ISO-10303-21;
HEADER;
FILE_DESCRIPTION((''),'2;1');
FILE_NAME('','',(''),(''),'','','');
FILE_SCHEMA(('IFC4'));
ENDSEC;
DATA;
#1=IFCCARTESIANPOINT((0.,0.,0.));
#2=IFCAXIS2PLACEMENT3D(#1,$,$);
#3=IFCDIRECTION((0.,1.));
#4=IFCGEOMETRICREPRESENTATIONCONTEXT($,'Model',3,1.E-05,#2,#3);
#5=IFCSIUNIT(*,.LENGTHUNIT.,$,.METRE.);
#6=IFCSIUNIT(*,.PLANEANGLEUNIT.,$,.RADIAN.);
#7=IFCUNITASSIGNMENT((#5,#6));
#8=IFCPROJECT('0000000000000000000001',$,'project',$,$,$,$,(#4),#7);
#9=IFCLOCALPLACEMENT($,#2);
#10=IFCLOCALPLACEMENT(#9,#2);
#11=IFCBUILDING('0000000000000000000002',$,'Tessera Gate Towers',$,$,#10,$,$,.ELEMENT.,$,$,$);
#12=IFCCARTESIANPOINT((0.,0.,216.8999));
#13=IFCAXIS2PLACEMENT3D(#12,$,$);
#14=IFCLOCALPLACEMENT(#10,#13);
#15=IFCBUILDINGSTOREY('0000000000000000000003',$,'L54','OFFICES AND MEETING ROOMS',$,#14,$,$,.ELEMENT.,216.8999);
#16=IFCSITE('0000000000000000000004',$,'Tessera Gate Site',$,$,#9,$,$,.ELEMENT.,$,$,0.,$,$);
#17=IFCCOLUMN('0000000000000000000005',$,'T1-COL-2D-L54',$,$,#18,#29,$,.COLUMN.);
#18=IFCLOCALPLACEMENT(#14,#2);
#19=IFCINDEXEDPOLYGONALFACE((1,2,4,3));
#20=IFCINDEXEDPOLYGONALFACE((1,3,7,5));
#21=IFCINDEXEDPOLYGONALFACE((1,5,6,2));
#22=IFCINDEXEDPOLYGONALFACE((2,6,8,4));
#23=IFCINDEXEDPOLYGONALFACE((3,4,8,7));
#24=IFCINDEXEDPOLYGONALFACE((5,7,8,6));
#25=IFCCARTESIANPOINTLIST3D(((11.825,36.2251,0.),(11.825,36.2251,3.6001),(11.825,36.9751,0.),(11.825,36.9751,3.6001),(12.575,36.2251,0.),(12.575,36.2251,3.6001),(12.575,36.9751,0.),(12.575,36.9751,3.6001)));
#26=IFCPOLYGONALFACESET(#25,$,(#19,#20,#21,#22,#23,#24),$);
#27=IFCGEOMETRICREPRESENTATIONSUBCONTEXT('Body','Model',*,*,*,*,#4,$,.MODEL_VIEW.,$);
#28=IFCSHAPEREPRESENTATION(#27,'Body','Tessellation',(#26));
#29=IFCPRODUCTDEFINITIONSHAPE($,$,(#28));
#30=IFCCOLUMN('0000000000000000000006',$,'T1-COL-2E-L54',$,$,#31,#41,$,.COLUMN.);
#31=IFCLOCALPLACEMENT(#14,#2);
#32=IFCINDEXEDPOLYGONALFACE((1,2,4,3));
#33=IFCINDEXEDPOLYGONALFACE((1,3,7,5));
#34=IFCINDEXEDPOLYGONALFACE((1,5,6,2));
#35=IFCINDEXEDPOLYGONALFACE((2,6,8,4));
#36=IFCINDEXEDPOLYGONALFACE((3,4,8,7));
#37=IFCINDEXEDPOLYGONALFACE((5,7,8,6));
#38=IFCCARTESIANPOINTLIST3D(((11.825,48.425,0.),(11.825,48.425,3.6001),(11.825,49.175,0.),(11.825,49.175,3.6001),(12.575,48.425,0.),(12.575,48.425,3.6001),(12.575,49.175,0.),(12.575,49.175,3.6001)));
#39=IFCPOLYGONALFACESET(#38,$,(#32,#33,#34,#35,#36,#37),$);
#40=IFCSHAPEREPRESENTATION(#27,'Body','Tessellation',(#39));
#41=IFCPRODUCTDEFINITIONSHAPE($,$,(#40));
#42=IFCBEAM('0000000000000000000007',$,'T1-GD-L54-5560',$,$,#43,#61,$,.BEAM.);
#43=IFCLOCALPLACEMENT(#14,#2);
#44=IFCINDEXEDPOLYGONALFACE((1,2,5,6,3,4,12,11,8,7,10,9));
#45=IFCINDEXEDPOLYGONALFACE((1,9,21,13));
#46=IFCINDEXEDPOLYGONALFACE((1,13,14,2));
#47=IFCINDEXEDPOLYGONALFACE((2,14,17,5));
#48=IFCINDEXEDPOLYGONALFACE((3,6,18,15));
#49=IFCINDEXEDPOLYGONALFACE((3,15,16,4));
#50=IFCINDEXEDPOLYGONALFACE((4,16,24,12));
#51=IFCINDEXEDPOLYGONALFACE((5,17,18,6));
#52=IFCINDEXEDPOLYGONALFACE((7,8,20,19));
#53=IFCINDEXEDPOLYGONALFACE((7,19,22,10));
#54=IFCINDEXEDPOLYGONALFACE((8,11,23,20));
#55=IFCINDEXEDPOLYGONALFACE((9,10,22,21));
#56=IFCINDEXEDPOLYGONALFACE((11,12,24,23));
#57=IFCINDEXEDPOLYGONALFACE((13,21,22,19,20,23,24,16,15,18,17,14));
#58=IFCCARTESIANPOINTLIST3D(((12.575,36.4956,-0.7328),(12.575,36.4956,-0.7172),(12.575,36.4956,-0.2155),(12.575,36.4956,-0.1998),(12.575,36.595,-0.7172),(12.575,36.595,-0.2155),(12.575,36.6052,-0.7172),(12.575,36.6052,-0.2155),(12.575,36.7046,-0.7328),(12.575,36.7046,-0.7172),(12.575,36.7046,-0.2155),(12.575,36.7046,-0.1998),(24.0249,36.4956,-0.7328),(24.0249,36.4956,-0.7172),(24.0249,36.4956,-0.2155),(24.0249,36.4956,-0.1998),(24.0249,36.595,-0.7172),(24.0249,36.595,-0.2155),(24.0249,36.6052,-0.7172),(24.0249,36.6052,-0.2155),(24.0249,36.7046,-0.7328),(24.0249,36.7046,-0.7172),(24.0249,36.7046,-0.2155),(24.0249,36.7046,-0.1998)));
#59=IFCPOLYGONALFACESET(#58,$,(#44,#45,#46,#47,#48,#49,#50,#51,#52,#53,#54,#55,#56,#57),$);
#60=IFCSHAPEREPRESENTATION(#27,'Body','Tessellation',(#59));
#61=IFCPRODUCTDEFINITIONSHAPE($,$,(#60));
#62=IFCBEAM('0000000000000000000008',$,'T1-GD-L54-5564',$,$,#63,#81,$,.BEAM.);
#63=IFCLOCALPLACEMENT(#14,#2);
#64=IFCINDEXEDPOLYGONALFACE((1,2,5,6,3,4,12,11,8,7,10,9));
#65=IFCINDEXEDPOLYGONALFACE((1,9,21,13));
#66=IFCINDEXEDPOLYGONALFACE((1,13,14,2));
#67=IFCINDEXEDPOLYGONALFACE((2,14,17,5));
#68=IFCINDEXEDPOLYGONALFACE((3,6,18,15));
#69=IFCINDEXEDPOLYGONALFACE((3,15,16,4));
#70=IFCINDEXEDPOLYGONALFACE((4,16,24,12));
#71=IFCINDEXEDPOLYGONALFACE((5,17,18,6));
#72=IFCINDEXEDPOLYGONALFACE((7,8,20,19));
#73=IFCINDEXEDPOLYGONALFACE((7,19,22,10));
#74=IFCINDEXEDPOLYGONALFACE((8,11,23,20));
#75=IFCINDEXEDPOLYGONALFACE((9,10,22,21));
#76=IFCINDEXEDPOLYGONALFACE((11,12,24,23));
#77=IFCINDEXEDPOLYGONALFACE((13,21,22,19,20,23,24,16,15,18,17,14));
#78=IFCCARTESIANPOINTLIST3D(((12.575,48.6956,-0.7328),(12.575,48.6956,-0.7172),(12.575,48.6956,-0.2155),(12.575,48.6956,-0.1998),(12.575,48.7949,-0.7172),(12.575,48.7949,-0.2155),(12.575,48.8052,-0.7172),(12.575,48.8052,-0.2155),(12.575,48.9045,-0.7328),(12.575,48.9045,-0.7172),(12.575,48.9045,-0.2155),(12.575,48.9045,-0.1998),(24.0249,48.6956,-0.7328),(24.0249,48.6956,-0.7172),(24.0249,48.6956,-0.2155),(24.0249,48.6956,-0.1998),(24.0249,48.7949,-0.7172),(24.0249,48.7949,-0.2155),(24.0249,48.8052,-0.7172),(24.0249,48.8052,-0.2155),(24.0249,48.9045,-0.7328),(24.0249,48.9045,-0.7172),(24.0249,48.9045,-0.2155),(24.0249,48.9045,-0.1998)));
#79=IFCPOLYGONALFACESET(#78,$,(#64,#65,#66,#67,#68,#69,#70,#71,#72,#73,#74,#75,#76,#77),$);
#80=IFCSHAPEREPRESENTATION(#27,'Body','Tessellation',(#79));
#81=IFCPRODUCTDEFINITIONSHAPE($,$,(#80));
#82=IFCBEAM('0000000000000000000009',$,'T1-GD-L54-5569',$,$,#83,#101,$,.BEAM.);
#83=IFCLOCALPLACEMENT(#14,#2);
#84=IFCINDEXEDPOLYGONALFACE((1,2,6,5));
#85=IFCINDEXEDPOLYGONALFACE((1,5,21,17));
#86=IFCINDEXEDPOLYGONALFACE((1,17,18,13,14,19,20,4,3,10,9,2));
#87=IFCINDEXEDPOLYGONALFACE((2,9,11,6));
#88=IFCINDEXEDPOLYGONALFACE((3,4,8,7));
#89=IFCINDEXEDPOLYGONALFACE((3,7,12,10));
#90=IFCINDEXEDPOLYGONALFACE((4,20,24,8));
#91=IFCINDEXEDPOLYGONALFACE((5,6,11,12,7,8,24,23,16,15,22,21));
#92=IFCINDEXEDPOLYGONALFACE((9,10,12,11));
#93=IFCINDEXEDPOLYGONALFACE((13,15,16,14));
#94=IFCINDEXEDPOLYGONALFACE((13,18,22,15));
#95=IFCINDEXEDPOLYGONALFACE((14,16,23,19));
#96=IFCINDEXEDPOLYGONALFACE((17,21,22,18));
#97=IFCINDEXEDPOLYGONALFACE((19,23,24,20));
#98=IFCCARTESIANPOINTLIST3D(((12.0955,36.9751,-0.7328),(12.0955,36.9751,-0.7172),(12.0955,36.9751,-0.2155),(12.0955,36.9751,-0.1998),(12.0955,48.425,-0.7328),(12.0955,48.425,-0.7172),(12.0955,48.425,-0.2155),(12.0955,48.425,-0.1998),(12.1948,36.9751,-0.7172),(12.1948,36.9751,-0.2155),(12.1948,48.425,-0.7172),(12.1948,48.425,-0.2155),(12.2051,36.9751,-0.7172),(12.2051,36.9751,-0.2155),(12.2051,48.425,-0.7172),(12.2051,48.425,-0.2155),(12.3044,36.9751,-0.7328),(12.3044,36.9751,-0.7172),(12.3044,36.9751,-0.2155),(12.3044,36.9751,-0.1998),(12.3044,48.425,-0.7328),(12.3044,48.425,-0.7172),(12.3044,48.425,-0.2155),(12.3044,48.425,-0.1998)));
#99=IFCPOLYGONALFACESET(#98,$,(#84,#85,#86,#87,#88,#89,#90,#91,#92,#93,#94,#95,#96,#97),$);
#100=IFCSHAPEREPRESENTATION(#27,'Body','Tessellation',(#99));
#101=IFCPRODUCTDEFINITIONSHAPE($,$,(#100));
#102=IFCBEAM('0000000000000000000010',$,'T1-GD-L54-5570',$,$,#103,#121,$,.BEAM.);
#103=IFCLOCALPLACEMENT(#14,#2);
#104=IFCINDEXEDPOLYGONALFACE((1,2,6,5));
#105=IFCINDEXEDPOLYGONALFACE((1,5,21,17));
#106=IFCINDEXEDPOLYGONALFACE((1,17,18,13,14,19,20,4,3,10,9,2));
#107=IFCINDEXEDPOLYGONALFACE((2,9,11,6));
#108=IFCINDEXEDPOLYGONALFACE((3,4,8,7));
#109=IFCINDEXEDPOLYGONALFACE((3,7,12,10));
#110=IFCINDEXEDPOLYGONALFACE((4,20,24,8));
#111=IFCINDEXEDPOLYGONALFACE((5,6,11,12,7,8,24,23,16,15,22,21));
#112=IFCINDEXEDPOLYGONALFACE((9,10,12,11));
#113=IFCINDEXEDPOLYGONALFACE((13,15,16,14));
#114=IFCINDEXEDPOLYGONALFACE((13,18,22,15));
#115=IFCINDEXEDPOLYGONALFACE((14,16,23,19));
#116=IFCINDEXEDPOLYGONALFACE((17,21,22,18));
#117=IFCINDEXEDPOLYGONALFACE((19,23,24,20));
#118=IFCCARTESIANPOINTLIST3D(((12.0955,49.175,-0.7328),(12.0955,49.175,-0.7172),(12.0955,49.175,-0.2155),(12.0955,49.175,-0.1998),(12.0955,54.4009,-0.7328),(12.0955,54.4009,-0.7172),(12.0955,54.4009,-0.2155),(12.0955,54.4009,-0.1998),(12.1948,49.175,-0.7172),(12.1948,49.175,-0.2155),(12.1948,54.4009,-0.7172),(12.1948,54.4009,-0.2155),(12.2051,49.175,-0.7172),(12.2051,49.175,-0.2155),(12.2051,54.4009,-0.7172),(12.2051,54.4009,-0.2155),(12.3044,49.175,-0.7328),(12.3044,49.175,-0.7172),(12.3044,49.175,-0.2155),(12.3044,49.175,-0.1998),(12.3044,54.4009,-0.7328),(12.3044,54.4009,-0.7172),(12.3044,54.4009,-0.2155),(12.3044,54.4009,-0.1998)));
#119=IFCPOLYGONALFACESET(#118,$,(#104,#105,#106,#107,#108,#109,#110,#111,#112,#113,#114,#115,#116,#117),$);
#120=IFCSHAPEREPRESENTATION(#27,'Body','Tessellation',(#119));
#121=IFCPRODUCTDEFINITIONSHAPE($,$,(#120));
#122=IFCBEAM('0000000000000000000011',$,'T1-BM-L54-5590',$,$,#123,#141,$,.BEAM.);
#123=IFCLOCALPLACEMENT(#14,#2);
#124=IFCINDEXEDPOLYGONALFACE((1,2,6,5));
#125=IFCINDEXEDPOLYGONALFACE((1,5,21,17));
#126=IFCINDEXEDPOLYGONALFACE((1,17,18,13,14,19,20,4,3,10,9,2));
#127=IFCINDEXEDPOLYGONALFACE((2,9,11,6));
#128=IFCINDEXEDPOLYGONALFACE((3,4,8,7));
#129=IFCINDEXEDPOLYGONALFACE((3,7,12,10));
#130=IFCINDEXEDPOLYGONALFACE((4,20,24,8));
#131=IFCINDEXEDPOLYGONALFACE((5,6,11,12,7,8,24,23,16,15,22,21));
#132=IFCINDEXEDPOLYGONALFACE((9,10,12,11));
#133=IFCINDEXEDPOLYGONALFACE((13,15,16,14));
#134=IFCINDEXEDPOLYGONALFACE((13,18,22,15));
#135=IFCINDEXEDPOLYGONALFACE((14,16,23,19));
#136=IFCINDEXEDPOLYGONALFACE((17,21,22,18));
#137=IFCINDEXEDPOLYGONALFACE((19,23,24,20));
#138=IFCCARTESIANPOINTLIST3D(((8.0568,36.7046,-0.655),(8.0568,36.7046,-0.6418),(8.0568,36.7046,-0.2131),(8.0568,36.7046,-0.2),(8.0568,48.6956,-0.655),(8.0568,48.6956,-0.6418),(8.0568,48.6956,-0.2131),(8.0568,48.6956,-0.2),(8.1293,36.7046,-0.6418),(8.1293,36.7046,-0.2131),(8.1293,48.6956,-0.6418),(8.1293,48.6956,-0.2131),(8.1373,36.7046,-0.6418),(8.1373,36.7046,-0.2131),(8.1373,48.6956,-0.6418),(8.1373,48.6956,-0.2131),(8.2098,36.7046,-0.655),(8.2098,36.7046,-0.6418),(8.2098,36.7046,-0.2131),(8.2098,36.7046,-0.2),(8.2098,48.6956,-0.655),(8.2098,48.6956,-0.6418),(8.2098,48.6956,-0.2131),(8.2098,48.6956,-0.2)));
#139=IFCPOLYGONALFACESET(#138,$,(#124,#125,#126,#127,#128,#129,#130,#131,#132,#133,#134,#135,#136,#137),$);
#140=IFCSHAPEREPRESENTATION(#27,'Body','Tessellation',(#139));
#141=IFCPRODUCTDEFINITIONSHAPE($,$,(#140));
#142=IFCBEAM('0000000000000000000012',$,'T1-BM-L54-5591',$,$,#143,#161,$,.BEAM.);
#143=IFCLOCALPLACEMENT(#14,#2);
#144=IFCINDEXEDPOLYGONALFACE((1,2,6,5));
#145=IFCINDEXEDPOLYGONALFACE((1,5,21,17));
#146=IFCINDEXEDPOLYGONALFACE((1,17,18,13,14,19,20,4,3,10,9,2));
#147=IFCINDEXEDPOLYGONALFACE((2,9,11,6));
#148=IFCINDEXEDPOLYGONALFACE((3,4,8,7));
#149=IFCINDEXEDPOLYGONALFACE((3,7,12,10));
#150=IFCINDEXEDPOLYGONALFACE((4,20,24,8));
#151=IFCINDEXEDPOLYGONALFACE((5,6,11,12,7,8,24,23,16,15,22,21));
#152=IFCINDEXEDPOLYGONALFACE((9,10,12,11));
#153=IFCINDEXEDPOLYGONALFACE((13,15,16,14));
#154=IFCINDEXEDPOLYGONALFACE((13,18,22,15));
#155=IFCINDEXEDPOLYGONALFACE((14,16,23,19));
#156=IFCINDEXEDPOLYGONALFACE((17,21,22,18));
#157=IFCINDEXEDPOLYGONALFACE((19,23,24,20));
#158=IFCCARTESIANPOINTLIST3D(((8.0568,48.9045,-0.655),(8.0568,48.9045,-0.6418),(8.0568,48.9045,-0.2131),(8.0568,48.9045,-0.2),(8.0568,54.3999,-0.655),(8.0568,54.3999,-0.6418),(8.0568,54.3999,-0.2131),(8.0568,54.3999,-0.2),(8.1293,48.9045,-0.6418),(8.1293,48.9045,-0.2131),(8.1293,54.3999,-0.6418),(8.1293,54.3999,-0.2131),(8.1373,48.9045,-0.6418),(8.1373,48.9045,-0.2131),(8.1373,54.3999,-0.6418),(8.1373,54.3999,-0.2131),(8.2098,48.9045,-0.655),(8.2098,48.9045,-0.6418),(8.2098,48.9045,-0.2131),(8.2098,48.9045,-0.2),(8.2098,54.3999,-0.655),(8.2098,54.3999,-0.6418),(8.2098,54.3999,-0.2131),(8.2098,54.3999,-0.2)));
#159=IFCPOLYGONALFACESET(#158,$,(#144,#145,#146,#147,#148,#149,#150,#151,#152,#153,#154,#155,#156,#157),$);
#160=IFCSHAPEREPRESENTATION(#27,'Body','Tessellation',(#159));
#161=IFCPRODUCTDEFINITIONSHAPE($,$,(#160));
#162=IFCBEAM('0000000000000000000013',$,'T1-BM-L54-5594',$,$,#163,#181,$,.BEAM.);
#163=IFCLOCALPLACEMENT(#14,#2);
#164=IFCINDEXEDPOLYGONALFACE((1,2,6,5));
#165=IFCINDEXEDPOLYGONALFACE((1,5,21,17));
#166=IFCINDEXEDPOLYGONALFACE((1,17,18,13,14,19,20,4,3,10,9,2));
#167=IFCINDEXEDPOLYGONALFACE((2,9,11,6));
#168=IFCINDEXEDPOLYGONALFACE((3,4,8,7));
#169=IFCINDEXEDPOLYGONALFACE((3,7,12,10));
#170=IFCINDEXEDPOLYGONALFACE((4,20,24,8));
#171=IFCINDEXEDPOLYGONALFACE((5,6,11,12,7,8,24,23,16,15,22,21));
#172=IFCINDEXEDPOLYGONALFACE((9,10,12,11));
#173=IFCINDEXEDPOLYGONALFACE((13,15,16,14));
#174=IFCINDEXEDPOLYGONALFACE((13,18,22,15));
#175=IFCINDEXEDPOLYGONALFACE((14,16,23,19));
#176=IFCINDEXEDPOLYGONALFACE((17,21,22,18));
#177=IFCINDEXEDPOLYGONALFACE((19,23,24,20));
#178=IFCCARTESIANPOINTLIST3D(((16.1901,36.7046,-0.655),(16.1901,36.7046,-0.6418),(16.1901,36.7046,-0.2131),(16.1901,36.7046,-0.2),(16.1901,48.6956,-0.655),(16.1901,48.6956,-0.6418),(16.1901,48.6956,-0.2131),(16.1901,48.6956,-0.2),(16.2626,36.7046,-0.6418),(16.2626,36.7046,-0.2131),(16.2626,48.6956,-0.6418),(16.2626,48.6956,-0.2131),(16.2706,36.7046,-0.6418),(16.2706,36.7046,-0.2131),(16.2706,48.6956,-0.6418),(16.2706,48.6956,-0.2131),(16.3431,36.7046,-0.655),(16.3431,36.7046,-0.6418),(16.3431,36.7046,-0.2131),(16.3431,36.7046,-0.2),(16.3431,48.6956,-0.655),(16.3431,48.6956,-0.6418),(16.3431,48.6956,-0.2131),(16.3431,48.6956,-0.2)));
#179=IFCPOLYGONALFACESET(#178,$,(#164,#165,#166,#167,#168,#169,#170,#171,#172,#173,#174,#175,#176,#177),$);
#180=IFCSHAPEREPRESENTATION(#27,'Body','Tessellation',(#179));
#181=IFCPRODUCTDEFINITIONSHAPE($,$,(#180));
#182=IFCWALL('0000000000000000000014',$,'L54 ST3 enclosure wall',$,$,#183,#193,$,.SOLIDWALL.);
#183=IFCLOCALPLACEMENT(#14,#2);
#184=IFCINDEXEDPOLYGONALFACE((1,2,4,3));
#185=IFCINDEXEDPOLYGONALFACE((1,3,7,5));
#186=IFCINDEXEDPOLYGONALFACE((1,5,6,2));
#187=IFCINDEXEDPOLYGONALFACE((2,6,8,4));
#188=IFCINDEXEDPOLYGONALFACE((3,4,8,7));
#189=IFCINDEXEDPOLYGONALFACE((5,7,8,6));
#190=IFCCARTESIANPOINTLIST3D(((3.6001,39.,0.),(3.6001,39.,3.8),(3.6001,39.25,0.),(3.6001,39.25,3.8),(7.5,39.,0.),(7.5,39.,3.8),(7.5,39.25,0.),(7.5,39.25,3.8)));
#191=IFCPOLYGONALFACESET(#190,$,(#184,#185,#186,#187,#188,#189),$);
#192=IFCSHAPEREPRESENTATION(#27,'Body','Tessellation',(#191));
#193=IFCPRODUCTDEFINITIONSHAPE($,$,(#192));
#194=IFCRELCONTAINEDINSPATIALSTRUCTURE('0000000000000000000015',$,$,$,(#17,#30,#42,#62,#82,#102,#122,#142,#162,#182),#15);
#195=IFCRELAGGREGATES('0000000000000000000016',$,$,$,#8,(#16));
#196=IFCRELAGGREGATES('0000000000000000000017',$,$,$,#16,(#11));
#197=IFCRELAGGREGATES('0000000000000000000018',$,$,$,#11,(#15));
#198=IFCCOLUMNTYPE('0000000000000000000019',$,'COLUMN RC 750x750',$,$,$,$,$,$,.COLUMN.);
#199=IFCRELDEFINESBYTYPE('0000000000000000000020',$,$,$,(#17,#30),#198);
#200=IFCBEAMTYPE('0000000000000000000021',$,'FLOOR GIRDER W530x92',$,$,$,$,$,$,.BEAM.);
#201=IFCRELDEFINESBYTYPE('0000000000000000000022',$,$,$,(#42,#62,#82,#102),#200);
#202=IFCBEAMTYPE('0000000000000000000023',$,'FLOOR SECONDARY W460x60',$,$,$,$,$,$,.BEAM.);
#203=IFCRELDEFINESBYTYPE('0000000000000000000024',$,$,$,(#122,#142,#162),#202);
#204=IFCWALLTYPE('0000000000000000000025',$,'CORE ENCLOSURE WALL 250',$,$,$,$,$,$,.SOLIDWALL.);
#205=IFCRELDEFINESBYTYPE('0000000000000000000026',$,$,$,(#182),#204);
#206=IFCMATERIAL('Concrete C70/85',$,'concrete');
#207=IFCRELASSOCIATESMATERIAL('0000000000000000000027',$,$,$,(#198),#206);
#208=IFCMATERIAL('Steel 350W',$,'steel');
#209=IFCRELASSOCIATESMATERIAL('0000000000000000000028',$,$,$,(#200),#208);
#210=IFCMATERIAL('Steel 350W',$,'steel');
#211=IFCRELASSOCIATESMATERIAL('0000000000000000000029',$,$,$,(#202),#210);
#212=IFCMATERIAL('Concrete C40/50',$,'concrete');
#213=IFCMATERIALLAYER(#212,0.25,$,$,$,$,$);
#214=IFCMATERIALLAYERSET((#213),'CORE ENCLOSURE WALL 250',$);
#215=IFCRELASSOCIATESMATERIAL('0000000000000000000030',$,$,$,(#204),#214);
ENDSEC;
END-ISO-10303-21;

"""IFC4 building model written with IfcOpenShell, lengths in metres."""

from ifc_helpers import new_model, si_unit, direction, frame, frame_2d, origin, origin_2d, place, context, subcontext, project, spatial, rectangle, i_section, extrude, material, layer, layer_set, material_profile, profile_set, type_object, element, save


model = new_model("IFC4")

# Units and contexts
model_context = context("Model", 3, precision=1e-05, world=origin(), true_north=direction((0.0, 1.0)))
body_context = subcontext(model_context, "Body", "Model", "MODEL_VIEW")
ifc_project = project(units=[si_unit("LENGTHUNIT", "METRE"), si_unit("PLANEANGLEUNIT", "RADIAN")], contexts=[model_context])

# Site, building, storey
site_placement = place(None, origin())
site = spatial("IfcSite", under=ifc_project, at=site_placement, Name="Tessera Gate Site", CompositionType="ELEMENT", RefElevation=0.0)
building_placement = place(site_placement, origin())
building = spatial("IfcBuilding", under=site, at=building_placement, Name="Tessera Gate Towers", CompositionType="ELEMENT")
storey_placement = place(building_placement, frame((0.0, 0.0, 216.8999)))
storey = spatial("IfcBuildingStorey", under=building, at=storey_placement, Name="L54", Description="OFFICES AND MEETING ROOMS", CompositionType="ELEMENT", Elevation=216.8999)

# Columns
ifc_material_1 = material(Name="Concrete C70/85", Category="concrete")
ifc_material_profile_1 = material_profile(ifc_material_1, rectangle(XDim=0.75, YDim=0.75, at=origin_2d()), Name="RC 750x750")
ifc_profile_set_1 = profile_set([ifc_material_profile_1], Name="Concrete C70/85")
column_type = type_object("IfcColumnType", Name="COLUMN RC 750x750", PredefinedType="COLUMN", material=ifc_profile_set_1)
for number, where, z_axis, x_axis, name in (
    (1, (12.2, 36.6001, 0.0), (0.0, 0.0, 1.0), (1.0, 0.0, 0.0), "T1-COL-2D-L54"),
    (2, (12.2, 48.8, 0.0), (0.0, 0.0, 1.0), (1.0, 0.0, 0.0), "T1-COL-2E-L54"),
):
    element("IfcColumn", number, at=place(storey_placement, frame(where, z_axis=z_axis, x_axis=x_axis)), inside=storey, type_object=column_type, Name=name, PredefinedType="COLUMN", context=body_context, shape_type="SweptSolid", body=[
        extrude(rectangle(XDim=0.75, YDim=0.75, at=origin_2d()), origin(), (0.0, 0.0, 1.0), 3.6001),
    ])

# Beams
ifc_material_2 = material(Name="Steel 350W", Category="steel")
ifc_material_profile_2 = material_profile(ifc_material_2, i_section(OverallWidth=0.209, OverallDepth=0.533, WebThickness=0.0103, FlangeThickness=0.0156, at=origin_2d()), Name="W530x92")
ifc_profile_set_2 = profile_set([ifc_material_profile_2], Name="Steel 350W")
beam_type_1 = type_object("IfcBeamType", Name="FLOOR GIRDER W530x92", PredefinedType="BEAM", material=ifc_profile_set_2)
for number, where, z_axis, x_axis, name in (
    (3, (12.575, 36.6001, -0.4663), (1.0, 0.0, 0.0), (0.0, 1.0, 0.0), "T1-GD-L54-5560"),
    (4, (12.575, 48.8, -0.4663), (1.0, 0.0, 0.0), (0.0, 1.0, 0.0), "T1-GD-L54-5564"),
    (5, (12.2, 36.9751, -0.4663), (0.0, 1.0, 0.0), (-1.0, 0.0, 0.0), "T1-GD-L54-5569"),
):
    element("IfcBeam", number, at=place(storey_placement, frame(where, z_axis=z_axis, x_axis=x_axis)), inside=storey, type_object=beam_type_1, Name=name, PredefinedType="BEAM", context=body_context, shape_type="SweptSolid", body=[
        extrude(i_section(OverallWidth=0.209, OverallDepth=0.533, WebThickness=0.0103, FlangeThickness=0.0156, at=origin_2d()), origin(), (0.0, 0.0, 1.0), 11.45),
    ])
beam_1_placement = place(storey_placement, frame((12.2, 49.175, -0.4663), z_axis=(0.0, 1.0, 0.0), x_axis=(-1.0, 0.0, 0.0)))
element("IfcBeam", 6, at=beam_1_placement, inside=storey, type_object=beam_type_1, Name="T1-GD-L54-5570", PredefinedType="BEAM", context=body_context, shape_type="SweptSolid", body=[
    extrude(i_section(OverallWidth=0.209, OverallDepth=0.533, WebThickness=0.0103, FlangeThickness=0.0156, at=origin_2d()), origin(), (0.0, 0.0, 1.0), 5.2258),
])
ifc_material_3 = material(Name="Steel 350W", Category="steel")
ifc_material_profile_3 = material_profile(ifc_material_3, i_section(OverallWidth=0.1531, OverallDepth=0.4551, WebThickness=0.0081, FlangeThickness=0.0132, at=origin_2d()), Name="W460x60")
ifc_profile_set_3 = profile_set([ifc_material_profile_3], Name="Steel 350W")
beam_type_2 = type_object("IfcBeamType", Name="FLOOR SECONDARY W460x60", PredefinedType="BEAM", material=ifc_profile_set_3)
beam_2_placement = place(storey_placement, frame((8.1333, 36.7046, -0.4275), z_axis=(0.0, 1.0, 0.0), x_axis=(-1.0, 0.0, 0.0)))
element("IfcBeam", 7, at=beam_2_placement, inside=storey, type_object=beam_type_2, Name="T1-BM-L54-5590", PredefinedType="BEAM", context=body_context, shape_type="SweptSolid", body=[
    extrude(i_section(OverallWidth=0.1531, OverallDepth=0.4551, WebThickness=0.0081, FlangeThickness=0.0132, at=origin_2d()), origin(), (0.0, 0.0, 1.0), 11.991),
])
beam_3_placement = place(storey_placement, frame((8.1333, 48.9045, -0.4275), z_axis=(0.0, 1.0, 0.0), x_axis=(-1.0, 0.0, 0.0)))
element("IfcBeam", 8, at=beam_3_placement, inside=storey, type_object=beam_type_2, Name="T1-BM-L54-5591", PredefinedType="BEAM", context=body_context, shape_type="SweptSolid", body=[
    extrude(i_section(OverallWidth=0.1531, OverallDepth=0.4551, WebThickness=0.0081, FlangeThickness=0.0132, at=origin_2d()), origin(), (0.0, 0.0, 1.0), 5.4954),
])
beam_4_placement = place(storey_placement, frame((16.2666, 36.7046, -0.4275), z_axis=(0.0, 1.0, 0.0), x_axis=(-1.0, 0.0, 0.0)))
element("IfcBeam", 9, at=beam_4_placement, inside=storey, type_object=beam_type_2, Name="T1-BM-L54-5594", PredefinedType="BEAM", context=body_context, shape_type="SweptSolid", body=[
    extrude(i_section(OverallWidth=0.1531, OverallDepth=0.4551, WebThickness=0.0081, FlangeThickness=0.0132, at=origin_2d()), origin(), (0.0, 0.0, 1.0), 11.991),
])

# Wall
ifc_material_4 = material(Name="Concrete C40/50", Category="concrete")
ifc_layer_1 = layer(ifc_material_4, 0.25)
ifc_layer_set_1 = layer_set([ifc_layer_1], Name="CORE ENCLOSURE WALL 250")
wall_type_1 = type_object("IfcWallType", Name="CORE ENCLOSURE WALL 250", PredefinedType="SOLIDWALL", material=ifc_layer_set_1)
wall_1_placement = place(storey_placement, frame((7.5, 39.125, 0.0), z_axis=(0.0, 0.0, 1.0), x_axis=(-1.0, 0.0, 0.0)))
element("IfcWall", 10, at=wall_1_placement, inside=storey, type_object=wall_type_1, Name="L54 ST3 enclosure wall", PredefinedType="SOLIDWALL", context=body_context, shape_type="SweptSolid", body=[
    extrude(rectangle(XDim=3.8999, YDim=0.25, at=frame_2d((1.95, 0.0))), origin(), (0.0, 0.0, 1.0), 3.8),
])

save(model, "model.ifc")
